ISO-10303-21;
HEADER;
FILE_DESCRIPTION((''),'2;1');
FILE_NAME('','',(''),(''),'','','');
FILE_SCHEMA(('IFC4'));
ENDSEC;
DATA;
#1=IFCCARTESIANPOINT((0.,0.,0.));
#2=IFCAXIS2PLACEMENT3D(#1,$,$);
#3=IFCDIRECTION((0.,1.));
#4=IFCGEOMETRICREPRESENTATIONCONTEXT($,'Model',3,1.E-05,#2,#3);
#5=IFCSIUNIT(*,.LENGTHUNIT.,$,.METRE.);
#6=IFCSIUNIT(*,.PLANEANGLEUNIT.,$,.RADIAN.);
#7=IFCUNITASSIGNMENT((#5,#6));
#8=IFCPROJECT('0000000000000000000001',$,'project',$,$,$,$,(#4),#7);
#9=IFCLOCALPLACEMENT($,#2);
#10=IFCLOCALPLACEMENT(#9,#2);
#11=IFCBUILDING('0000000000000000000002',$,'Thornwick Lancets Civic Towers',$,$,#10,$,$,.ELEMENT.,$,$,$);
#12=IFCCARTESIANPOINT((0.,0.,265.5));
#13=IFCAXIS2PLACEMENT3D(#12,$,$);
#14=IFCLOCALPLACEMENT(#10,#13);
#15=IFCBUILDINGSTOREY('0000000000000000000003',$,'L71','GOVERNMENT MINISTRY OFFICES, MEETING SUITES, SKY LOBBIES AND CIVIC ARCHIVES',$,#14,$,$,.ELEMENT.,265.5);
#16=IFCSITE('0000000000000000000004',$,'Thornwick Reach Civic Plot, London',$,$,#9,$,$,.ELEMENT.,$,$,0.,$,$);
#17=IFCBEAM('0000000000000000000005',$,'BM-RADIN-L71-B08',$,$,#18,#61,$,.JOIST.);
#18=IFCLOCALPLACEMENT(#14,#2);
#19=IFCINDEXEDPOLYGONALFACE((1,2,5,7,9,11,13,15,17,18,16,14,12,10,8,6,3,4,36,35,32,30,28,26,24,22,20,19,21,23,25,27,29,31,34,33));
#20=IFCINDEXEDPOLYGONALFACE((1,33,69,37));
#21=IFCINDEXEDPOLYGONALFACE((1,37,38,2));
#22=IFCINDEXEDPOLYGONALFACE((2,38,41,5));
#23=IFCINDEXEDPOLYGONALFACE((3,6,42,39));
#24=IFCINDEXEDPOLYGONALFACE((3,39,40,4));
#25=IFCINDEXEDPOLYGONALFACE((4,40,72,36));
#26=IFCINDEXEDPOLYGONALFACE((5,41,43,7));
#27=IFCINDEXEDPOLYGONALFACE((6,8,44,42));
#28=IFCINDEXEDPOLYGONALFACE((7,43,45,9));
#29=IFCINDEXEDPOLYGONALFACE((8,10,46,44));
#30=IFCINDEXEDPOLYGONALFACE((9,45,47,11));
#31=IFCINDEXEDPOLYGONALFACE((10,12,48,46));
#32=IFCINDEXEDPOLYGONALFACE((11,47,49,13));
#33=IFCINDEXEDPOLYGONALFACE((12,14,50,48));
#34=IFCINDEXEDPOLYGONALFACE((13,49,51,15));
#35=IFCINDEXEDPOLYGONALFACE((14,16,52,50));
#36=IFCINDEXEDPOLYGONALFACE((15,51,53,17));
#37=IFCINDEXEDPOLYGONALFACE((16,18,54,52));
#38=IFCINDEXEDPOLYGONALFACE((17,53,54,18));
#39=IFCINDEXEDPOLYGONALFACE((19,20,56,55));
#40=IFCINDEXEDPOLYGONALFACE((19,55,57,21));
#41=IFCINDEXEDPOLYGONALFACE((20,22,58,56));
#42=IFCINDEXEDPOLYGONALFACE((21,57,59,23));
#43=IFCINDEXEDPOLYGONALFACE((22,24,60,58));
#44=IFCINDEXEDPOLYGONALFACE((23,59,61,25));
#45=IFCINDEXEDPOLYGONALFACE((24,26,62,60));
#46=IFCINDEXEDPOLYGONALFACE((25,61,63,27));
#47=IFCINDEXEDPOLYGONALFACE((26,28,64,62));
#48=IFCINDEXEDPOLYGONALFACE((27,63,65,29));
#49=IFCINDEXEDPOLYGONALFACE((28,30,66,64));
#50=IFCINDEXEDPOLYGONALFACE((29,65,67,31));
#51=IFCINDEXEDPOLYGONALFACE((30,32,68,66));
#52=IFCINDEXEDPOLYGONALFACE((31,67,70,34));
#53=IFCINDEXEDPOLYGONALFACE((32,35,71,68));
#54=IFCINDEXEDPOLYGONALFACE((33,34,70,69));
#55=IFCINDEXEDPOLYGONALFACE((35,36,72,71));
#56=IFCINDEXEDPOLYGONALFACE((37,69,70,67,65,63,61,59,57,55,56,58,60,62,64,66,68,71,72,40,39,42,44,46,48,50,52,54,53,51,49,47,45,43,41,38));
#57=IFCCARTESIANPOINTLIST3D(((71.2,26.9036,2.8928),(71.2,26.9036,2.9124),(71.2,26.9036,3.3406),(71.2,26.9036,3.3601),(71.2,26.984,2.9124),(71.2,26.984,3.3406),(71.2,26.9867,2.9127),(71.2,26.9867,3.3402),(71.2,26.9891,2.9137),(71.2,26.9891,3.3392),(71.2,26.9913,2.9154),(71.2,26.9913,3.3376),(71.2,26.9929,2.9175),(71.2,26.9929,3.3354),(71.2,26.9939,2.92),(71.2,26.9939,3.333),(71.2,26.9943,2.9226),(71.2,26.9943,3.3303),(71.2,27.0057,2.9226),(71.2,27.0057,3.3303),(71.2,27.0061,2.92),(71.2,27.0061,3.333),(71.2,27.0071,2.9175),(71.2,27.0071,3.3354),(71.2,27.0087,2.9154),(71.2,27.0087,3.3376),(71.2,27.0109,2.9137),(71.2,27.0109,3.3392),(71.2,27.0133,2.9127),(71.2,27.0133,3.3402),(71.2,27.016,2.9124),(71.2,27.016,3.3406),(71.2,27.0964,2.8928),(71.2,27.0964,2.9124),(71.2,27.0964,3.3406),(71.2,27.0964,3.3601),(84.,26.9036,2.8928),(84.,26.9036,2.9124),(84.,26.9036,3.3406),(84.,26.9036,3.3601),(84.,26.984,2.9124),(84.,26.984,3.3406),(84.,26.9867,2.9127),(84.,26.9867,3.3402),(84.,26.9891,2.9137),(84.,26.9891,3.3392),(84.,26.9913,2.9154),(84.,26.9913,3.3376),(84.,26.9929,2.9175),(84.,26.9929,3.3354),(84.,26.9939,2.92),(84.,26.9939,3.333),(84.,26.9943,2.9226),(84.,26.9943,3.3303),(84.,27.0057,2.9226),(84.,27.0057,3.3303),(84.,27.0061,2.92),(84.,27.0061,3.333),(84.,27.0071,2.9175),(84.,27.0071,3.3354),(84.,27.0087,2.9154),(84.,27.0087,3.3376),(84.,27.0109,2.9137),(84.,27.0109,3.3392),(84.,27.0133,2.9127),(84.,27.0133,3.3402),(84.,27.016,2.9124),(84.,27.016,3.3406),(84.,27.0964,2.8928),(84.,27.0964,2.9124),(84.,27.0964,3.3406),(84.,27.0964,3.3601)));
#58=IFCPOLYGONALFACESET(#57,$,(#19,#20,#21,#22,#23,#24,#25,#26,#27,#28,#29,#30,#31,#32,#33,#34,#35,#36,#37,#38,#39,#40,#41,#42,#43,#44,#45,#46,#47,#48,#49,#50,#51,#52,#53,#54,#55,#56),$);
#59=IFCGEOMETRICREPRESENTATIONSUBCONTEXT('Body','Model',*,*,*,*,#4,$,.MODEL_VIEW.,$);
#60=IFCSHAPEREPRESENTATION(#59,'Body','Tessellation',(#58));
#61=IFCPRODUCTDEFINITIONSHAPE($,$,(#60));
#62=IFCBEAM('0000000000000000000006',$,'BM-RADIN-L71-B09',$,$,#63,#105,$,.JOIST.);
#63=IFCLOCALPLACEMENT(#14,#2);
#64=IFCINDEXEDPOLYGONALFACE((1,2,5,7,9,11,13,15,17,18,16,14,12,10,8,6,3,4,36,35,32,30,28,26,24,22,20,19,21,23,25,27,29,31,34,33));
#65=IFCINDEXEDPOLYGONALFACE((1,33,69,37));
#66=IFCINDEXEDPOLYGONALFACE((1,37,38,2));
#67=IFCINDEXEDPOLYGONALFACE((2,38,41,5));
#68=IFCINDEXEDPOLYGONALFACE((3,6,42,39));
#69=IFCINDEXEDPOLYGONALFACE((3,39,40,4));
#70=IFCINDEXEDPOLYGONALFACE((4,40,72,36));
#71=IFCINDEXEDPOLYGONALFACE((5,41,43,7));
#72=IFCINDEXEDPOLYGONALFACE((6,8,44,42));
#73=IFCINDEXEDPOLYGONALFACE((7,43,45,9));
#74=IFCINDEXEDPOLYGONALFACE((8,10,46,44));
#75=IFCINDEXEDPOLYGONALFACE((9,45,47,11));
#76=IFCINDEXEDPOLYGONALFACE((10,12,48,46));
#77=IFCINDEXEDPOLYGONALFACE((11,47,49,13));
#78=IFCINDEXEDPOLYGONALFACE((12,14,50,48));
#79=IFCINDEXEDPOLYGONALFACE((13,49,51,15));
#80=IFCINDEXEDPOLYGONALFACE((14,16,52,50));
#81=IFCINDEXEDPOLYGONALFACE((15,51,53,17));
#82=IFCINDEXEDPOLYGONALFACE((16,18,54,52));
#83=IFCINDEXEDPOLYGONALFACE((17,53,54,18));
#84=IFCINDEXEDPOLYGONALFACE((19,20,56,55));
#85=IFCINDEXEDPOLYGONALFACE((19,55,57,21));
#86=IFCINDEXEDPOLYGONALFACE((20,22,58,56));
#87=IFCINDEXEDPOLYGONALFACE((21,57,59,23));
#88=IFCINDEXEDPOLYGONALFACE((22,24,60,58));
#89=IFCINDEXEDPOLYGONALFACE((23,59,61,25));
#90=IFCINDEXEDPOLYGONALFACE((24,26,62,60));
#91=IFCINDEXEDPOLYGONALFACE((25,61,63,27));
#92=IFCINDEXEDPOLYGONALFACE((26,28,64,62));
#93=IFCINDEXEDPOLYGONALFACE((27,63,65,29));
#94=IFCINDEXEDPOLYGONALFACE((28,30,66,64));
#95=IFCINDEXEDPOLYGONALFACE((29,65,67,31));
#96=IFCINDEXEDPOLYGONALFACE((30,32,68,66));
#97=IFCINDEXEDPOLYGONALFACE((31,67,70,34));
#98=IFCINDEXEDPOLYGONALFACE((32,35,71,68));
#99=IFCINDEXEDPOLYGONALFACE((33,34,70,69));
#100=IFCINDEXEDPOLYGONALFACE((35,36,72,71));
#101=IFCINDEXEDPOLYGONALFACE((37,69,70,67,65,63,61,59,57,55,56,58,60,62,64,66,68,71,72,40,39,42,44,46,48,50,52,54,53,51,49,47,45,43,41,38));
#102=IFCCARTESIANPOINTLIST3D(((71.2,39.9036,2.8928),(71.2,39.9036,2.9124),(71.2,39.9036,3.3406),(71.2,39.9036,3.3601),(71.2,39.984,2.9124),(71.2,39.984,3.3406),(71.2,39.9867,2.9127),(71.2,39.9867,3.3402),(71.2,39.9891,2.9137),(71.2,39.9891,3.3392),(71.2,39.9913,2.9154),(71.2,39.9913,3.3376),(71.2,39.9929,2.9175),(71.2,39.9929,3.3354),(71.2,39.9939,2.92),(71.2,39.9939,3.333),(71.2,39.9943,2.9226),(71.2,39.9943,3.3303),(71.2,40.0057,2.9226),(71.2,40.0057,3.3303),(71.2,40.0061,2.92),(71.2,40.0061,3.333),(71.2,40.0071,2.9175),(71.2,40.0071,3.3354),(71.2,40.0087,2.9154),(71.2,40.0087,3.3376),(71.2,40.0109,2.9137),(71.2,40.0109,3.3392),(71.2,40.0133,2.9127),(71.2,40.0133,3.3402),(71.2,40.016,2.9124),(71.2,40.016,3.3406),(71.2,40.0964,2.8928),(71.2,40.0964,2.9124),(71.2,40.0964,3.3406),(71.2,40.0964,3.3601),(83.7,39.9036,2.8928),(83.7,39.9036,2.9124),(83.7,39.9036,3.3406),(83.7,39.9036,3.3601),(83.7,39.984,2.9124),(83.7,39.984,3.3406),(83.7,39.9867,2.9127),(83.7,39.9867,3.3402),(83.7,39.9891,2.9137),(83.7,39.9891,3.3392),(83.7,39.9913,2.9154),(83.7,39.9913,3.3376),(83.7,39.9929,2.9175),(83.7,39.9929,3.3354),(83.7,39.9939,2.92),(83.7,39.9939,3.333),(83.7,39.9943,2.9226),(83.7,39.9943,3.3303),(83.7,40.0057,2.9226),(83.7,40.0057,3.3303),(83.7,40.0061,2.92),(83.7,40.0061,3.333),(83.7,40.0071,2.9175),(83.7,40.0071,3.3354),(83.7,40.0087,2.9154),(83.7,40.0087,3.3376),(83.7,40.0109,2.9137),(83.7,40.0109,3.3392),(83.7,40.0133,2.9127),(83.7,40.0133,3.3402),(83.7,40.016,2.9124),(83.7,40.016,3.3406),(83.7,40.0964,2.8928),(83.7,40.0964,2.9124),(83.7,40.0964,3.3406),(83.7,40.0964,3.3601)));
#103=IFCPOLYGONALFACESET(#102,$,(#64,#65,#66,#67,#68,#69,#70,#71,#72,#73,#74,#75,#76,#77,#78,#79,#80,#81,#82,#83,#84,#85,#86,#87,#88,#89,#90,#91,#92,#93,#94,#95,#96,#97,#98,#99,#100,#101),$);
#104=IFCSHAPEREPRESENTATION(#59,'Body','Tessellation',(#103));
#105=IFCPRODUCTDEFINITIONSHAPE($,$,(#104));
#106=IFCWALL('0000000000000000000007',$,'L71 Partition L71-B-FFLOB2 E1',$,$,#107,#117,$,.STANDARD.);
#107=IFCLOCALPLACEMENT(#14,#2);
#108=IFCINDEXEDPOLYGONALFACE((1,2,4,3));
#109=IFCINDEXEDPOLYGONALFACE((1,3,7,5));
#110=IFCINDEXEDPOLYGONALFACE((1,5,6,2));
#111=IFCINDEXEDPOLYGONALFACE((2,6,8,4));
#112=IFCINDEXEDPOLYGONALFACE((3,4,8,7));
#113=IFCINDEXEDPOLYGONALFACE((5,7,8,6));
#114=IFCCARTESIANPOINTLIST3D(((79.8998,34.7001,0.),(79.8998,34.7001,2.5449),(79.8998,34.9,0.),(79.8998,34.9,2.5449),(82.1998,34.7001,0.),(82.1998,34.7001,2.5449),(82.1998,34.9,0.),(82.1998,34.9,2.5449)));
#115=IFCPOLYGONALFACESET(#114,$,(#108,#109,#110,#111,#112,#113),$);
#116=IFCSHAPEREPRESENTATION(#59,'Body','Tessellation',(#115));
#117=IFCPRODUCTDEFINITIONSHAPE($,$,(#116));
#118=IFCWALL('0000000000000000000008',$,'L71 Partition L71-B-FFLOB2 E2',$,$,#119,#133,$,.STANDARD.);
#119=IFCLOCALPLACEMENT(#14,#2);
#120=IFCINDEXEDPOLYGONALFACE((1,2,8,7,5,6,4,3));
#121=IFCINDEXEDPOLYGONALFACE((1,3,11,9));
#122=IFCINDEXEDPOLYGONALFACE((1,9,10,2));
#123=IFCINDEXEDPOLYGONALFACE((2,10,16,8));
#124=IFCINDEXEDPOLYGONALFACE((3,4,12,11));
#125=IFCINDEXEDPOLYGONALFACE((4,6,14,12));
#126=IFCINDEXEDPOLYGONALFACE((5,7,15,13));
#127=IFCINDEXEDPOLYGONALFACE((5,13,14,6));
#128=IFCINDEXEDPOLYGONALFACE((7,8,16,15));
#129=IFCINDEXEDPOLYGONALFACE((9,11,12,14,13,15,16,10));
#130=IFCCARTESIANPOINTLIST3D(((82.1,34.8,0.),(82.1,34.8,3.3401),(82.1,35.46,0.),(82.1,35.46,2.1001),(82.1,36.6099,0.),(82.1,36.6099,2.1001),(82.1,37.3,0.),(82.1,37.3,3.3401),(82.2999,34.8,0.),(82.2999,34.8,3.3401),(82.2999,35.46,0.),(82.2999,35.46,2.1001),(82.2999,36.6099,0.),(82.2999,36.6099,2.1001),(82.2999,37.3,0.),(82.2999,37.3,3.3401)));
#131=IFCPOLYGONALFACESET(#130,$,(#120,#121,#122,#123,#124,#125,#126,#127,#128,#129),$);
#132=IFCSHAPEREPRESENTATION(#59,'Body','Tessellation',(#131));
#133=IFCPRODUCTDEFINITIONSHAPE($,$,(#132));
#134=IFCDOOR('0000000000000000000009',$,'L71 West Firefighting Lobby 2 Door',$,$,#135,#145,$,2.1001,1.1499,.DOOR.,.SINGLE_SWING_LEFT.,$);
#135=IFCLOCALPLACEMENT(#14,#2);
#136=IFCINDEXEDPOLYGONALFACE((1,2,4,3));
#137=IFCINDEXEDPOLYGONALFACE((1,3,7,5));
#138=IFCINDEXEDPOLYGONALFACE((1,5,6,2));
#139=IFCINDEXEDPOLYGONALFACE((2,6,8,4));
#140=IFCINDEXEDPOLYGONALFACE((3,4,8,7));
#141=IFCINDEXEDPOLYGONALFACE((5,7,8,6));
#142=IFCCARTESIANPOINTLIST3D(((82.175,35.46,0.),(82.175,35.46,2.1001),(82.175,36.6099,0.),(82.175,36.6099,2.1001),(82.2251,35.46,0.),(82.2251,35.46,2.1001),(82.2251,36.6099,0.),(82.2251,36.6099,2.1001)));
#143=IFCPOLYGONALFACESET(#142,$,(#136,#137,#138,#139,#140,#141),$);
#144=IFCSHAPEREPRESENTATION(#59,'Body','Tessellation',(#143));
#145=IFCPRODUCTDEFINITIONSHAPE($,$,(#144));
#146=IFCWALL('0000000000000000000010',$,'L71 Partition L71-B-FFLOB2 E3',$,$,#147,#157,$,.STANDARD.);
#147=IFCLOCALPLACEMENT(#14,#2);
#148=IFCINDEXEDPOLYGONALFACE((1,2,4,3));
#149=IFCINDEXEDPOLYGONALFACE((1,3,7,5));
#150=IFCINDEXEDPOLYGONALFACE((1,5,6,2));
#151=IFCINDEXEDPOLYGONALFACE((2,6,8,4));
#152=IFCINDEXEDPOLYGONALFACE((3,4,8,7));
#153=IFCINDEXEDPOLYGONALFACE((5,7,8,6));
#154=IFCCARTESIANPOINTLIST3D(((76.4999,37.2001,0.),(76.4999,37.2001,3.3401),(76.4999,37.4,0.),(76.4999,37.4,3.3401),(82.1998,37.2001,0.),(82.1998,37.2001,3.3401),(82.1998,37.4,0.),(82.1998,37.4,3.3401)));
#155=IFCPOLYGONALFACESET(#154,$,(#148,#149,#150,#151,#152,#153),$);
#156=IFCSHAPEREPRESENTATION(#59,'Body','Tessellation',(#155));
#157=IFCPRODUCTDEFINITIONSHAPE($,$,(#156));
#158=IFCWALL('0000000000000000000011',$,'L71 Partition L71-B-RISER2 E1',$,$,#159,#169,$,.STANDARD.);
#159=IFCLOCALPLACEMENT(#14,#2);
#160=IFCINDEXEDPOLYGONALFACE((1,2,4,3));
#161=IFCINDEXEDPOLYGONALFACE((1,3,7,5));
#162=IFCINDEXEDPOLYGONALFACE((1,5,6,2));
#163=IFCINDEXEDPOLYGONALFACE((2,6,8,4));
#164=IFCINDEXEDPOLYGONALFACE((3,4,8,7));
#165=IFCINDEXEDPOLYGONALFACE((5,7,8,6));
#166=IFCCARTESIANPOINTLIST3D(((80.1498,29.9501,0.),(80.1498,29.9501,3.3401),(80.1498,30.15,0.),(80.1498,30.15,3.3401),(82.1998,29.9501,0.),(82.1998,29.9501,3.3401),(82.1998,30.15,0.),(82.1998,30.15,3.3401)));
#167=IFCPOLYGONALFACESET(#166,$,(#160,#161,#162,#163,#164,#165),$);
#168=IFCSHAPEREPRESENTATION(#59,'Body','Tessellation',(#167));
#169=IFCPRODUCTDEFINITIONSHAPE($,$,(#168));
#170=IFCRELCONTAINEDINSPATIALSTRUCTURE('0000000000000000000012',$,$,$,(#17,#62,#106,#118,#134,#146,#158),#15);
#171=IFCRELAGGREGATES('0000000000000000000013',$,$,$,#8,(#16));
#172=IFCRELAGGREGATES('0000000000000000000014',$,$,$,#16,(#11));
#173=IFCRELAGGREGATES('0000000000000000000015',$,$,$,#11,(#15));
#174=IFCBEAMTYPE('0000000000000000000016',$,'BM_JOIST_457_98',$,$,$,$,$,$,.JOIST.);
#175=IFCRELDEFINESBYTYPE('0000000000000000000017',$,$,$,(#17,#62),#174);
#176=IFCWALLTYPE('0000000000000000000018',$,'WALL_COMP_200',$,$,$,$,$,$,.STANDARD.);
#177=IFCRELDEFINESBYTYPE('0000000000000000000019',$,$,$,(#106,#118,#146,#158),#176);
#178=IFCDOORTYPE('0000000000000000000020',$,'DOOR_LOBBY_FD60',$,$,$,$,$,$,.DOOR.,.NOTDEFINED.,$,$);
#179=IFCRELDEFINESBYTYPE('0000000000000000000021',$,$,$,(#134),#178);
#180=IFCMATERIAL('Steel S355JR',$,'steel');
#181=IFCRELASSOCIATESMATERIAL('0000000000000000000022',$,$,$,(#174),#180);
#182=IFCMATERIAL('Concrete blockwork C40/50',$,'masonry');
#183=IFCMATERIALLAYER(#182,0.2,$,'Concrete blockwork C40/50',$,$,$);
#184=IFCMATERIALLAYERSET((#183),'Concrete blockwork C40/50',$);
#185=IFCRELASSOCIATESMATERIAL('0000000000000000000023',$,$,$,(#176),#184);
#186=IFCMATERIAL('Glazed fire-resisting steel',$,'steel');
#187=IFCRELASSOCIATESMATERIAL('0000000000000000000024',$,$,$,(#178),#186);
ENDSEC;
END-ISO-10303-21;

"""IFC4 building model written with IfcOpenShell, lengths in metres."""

from ifc_helpers import new_model, si_unit, direction, frame, frame_2d, origin, origin_2d, place, context, subcontext, project, spatial, rectangle, i_section, extrude, material, layer, layer_set, material_profile, profile_set, type_object, element, fill, save


model = new_model("IFC4")

# Units and contexts
model_context = context("Model", 3, precision=1e-05, world=origin(), true_north=direction((0.0, 1.0)))
body_context = subcontext(model_context, "Body", "Model", "MODEL_VIEW")
ifc_project = project(units=[si_unit("LENGTHUNIT", "METRE"), si_unit("PLANEANGLEUNIT", "RADIAN")], contexts=[model_context])

# Site, building, storey
site_placement = place(None, origin())
site = spatial("IfcSite", under=ifc_project, at=site_placement, Name="Thornwick Reach Civic Plot, London", CompositionType="ELEMENT", RefElevation=0.0)
building_placement = place(site_placement, origin())
building = spatial("IfcBuilding", under=site, at=building_placement, Name="Thornwick Lancets Civic Towers", CompositionType="ELEMENT")
storey_placement = place(building_placement, frame((0.0, 0.0, 265.5)))
storey = spatial("IfcBuildingStorey", under=building, at=storey_placement, Name="L71", Description="GOVERNMENT MINISTRY OFFICES, MEETING SUITES, SKY LOBBIES AND CIVIC ARCHIVES", CompositionType="ELEMENT", Elevation=265.5)

# Shared definitions
ifc_material_1 = material(Name="Steel S355JR", Category="steel")

# Beams
ifc_material_profile_1 = material_profile(ifc_material_1, i_section(OverallWidth=0.1929, OverallDepth=0.4673, WebThickness=0.0115, FlangeThickness=0.0195, FilletRadius=0.0103, at=origin_2d()), Name="UKB 457x191x98")
ifc_profile_set_1 = profile_set([ifc_material_profile_1], Name="Steel S355JR")
beam_type_1 = type_object("IfcBeamType", Name="BM_JOIST_457_98", PredefinedType="JOIST", material=ifc_profile_set_1)
beam_1_placement = place(storey_placement, frame((84.0, 27.0, 3.1265), z_axis=(-1.0, 0.0, 0.0), x_axis=(0.0, -1.0, 0.0)))
element("IfcBeam", 1, at=beam_1_placement, inside=storey, type_object=beam_type_1, Name="BM-RADIN-L71-B08", PredefinedType="JOIST", context=body_context, shape_type="SweptSolid", body=[
    extrude(i_section(OverallWidth=0.1929, OverallDepth=0.4673, WebThickness=0.0115, FlangeThickness=0.0195, FilletRadius=0.0103, at=origin_2d()), origin(), (0.0, 0.0, 1.0), 12.8),
])
beam_2_placement = place(storey_placement, frame((83.7, 40.0, 3.1265), z_axis=(-1.0, 0.0, 0.0), x_axis=(0.0, -1.0, 0.0)))
element("IfcBeam", 2, at=beam_2_placement, inside=storey, type_object=beam_type_1, Name="BM-RADIN-L71-B09", PredefinedType="JOIST", context=body_context, shape_type="SweptSolid", body=[
    extrude(i_section(OverallWidth=0.1929, OverallDepth=0.4673, WebThickness=0.0115, FlangeThickness=0.0195, FilletRadius=0.0103, at=origin_2d()), origin(), (0.0, 0.0, 1.0), 12.5),
])

# Wall
ifc_material_2 = material(Name="Concrete blockwork C40/50", Category="masonry")
ifc_layer_1 = layer(ifc_material_2, 0.2, Name="Concrete blockwork C40/50")
ifc_layer_set_1 = layer_set([ifc_layer_1], Name="Concrete blockwork C40/50")
wall_type_1 = type_object("IfcWallType", Name="WALL_COMP_200", PredefinedType="STANDARD", material=ifc_layer_set_1)
wall_1_placement = place(storey_placement, frame((79.8999, 34.8, 0.0), z_axis=(0.0, 0.0, 1.0), x_axis=(1.0, 0.0, 0.0)))
element("IfcWall", 3, at=wall_1_placement, inside=storey, type_object=wall_type_1, Name="L71 Partition L71-B-FFLOB2 E1", PredefinedType="STANDARD", context=body_context, shape_type="SweptSolid", body=[
    extrude(rectangle(XDim=2.3, YDim=0.2, at=frame_2d((1.1499, 0.0))), origin(), (0.0, 0.0, 1.0), 2.5449),
])

# Wall, opening, door
wall_2_placement = place(storey_placement, frame((82.2, 34.8, 0.0), z_axis=(0.0, 0.0, 1.0), x_axis=(0.0, 1.0, 0.0)))
wall_2 = element("IfcWall", 4, at=wall_2_placement, inside=storey, type_object=wall_type_1, Name="L71 Partition L71-B-FFLOB2 E2", PredefinedType="STANDARD", context=body_context, shape_type="SweptSolid", body=[
    extrude(rectangle(XDim=2.5, YDim=0.2, at=frame_2d((1.25, 0.0))), origin(), (0.0, 0.0, 1.0), 3.3401),
])
opening_1_placement = place(wall_2_placement, frame((0.6599, 0.0, 0.0)))
opening_1 = element("IfcOpeningElement", 5, at=opening_1_placement, cuts=wall_2, PredefinedType="OPENING", context=body_context, shape_type="SweptSolid", body=[
    extrude(rectangle(XDim=1.1499, YDim=2.1001, at=frame_2d((0.575, 1.05))), frame((0.0, 0.1099, 0.0), z_axis=(0.0, -1.0, 0.0), x_axis=(1.0, 0.0, 0.0)), (0.0, 0.0, 1.0), 0.22),
])
ifc_material_3 = material(Name="Glazed fire-resisting steel", Category="steel")
door_type_1 = type_object("IfcDoorType", Name="DOOR_LOBBY_FD60", OperationType="NOTDEFINED", PredefinedType="DOOR", material=ifc_material_3)
door_1_placement = place(opening_1_placement, origin())
door_1 = element("IfcDoor", 6, at=door_1_placement, inside=storey, type_object=door_type_1, Name="L71 West Firefighting Lobby 2 Door", OperationType="SINGLE_SWING_LEFT", OverallHeight=2.1001, OverallWidth=1.1499, PredefinedType="DOOR", context=body_context, shape_type="SweptSolid", body=[
    extrude(rectangle(XDim=1.1499, YDim=2.1001, at=frame_2d((0.575, 1.05))), frame((0.0, 0.0249, 0.0), z_axis=(0.0, -1.0, 0.0), x_axis=(1.0, 0.0, 0.0)), (0.0, 0.0, 1.0), 0.05),
])
fill(opening_1, door_1)

# Walls
wall_3_placement = place(storey_placement, frame((82.2, 37.3, 0.0), z_axis=(0.0, 0.0, 1.0), x_axis=(-1.0, 0.0, 0.0)))
element("IfcWall", 7, at=wall_3_placement, inside=storey, type_object=wall_type_1, Name="L71 Partition L71-B-FFLOB2 E3", PredefinedType="STANDARD", context=body_context, shape_type="SweptSolid", body=[
    extrude(rectangle(XDim=5.7, YDim=0.2, at=frame_2d((2.8501, 0.0))), origin(), (0.0, 0.0, 1.0), 3.3401),
])
wall_4_placement = place(storey_placement, frame((80.1499, 30.05, 0.0), z_axis=(0.0, 0.0, 1.0), x_axis=(1.0, 0.0, 0.0)))
element("IfcWall", 8, at=wall_4_placement, inside=storey, type_object=wall_type_1, Name="L71 Partition L71-B-RISER2 E1", PredefinedType="STANDARD", context=body_context, shape_type="SweptSolid", body=[
    extrude(rectangle(XDim=2.05, YDim=0.2, at=frame_2d((1.0249, 0.0))), origin(), (0.0, 0.0, 1.0), 3.3401),
])

save(model, "model.ifc")
